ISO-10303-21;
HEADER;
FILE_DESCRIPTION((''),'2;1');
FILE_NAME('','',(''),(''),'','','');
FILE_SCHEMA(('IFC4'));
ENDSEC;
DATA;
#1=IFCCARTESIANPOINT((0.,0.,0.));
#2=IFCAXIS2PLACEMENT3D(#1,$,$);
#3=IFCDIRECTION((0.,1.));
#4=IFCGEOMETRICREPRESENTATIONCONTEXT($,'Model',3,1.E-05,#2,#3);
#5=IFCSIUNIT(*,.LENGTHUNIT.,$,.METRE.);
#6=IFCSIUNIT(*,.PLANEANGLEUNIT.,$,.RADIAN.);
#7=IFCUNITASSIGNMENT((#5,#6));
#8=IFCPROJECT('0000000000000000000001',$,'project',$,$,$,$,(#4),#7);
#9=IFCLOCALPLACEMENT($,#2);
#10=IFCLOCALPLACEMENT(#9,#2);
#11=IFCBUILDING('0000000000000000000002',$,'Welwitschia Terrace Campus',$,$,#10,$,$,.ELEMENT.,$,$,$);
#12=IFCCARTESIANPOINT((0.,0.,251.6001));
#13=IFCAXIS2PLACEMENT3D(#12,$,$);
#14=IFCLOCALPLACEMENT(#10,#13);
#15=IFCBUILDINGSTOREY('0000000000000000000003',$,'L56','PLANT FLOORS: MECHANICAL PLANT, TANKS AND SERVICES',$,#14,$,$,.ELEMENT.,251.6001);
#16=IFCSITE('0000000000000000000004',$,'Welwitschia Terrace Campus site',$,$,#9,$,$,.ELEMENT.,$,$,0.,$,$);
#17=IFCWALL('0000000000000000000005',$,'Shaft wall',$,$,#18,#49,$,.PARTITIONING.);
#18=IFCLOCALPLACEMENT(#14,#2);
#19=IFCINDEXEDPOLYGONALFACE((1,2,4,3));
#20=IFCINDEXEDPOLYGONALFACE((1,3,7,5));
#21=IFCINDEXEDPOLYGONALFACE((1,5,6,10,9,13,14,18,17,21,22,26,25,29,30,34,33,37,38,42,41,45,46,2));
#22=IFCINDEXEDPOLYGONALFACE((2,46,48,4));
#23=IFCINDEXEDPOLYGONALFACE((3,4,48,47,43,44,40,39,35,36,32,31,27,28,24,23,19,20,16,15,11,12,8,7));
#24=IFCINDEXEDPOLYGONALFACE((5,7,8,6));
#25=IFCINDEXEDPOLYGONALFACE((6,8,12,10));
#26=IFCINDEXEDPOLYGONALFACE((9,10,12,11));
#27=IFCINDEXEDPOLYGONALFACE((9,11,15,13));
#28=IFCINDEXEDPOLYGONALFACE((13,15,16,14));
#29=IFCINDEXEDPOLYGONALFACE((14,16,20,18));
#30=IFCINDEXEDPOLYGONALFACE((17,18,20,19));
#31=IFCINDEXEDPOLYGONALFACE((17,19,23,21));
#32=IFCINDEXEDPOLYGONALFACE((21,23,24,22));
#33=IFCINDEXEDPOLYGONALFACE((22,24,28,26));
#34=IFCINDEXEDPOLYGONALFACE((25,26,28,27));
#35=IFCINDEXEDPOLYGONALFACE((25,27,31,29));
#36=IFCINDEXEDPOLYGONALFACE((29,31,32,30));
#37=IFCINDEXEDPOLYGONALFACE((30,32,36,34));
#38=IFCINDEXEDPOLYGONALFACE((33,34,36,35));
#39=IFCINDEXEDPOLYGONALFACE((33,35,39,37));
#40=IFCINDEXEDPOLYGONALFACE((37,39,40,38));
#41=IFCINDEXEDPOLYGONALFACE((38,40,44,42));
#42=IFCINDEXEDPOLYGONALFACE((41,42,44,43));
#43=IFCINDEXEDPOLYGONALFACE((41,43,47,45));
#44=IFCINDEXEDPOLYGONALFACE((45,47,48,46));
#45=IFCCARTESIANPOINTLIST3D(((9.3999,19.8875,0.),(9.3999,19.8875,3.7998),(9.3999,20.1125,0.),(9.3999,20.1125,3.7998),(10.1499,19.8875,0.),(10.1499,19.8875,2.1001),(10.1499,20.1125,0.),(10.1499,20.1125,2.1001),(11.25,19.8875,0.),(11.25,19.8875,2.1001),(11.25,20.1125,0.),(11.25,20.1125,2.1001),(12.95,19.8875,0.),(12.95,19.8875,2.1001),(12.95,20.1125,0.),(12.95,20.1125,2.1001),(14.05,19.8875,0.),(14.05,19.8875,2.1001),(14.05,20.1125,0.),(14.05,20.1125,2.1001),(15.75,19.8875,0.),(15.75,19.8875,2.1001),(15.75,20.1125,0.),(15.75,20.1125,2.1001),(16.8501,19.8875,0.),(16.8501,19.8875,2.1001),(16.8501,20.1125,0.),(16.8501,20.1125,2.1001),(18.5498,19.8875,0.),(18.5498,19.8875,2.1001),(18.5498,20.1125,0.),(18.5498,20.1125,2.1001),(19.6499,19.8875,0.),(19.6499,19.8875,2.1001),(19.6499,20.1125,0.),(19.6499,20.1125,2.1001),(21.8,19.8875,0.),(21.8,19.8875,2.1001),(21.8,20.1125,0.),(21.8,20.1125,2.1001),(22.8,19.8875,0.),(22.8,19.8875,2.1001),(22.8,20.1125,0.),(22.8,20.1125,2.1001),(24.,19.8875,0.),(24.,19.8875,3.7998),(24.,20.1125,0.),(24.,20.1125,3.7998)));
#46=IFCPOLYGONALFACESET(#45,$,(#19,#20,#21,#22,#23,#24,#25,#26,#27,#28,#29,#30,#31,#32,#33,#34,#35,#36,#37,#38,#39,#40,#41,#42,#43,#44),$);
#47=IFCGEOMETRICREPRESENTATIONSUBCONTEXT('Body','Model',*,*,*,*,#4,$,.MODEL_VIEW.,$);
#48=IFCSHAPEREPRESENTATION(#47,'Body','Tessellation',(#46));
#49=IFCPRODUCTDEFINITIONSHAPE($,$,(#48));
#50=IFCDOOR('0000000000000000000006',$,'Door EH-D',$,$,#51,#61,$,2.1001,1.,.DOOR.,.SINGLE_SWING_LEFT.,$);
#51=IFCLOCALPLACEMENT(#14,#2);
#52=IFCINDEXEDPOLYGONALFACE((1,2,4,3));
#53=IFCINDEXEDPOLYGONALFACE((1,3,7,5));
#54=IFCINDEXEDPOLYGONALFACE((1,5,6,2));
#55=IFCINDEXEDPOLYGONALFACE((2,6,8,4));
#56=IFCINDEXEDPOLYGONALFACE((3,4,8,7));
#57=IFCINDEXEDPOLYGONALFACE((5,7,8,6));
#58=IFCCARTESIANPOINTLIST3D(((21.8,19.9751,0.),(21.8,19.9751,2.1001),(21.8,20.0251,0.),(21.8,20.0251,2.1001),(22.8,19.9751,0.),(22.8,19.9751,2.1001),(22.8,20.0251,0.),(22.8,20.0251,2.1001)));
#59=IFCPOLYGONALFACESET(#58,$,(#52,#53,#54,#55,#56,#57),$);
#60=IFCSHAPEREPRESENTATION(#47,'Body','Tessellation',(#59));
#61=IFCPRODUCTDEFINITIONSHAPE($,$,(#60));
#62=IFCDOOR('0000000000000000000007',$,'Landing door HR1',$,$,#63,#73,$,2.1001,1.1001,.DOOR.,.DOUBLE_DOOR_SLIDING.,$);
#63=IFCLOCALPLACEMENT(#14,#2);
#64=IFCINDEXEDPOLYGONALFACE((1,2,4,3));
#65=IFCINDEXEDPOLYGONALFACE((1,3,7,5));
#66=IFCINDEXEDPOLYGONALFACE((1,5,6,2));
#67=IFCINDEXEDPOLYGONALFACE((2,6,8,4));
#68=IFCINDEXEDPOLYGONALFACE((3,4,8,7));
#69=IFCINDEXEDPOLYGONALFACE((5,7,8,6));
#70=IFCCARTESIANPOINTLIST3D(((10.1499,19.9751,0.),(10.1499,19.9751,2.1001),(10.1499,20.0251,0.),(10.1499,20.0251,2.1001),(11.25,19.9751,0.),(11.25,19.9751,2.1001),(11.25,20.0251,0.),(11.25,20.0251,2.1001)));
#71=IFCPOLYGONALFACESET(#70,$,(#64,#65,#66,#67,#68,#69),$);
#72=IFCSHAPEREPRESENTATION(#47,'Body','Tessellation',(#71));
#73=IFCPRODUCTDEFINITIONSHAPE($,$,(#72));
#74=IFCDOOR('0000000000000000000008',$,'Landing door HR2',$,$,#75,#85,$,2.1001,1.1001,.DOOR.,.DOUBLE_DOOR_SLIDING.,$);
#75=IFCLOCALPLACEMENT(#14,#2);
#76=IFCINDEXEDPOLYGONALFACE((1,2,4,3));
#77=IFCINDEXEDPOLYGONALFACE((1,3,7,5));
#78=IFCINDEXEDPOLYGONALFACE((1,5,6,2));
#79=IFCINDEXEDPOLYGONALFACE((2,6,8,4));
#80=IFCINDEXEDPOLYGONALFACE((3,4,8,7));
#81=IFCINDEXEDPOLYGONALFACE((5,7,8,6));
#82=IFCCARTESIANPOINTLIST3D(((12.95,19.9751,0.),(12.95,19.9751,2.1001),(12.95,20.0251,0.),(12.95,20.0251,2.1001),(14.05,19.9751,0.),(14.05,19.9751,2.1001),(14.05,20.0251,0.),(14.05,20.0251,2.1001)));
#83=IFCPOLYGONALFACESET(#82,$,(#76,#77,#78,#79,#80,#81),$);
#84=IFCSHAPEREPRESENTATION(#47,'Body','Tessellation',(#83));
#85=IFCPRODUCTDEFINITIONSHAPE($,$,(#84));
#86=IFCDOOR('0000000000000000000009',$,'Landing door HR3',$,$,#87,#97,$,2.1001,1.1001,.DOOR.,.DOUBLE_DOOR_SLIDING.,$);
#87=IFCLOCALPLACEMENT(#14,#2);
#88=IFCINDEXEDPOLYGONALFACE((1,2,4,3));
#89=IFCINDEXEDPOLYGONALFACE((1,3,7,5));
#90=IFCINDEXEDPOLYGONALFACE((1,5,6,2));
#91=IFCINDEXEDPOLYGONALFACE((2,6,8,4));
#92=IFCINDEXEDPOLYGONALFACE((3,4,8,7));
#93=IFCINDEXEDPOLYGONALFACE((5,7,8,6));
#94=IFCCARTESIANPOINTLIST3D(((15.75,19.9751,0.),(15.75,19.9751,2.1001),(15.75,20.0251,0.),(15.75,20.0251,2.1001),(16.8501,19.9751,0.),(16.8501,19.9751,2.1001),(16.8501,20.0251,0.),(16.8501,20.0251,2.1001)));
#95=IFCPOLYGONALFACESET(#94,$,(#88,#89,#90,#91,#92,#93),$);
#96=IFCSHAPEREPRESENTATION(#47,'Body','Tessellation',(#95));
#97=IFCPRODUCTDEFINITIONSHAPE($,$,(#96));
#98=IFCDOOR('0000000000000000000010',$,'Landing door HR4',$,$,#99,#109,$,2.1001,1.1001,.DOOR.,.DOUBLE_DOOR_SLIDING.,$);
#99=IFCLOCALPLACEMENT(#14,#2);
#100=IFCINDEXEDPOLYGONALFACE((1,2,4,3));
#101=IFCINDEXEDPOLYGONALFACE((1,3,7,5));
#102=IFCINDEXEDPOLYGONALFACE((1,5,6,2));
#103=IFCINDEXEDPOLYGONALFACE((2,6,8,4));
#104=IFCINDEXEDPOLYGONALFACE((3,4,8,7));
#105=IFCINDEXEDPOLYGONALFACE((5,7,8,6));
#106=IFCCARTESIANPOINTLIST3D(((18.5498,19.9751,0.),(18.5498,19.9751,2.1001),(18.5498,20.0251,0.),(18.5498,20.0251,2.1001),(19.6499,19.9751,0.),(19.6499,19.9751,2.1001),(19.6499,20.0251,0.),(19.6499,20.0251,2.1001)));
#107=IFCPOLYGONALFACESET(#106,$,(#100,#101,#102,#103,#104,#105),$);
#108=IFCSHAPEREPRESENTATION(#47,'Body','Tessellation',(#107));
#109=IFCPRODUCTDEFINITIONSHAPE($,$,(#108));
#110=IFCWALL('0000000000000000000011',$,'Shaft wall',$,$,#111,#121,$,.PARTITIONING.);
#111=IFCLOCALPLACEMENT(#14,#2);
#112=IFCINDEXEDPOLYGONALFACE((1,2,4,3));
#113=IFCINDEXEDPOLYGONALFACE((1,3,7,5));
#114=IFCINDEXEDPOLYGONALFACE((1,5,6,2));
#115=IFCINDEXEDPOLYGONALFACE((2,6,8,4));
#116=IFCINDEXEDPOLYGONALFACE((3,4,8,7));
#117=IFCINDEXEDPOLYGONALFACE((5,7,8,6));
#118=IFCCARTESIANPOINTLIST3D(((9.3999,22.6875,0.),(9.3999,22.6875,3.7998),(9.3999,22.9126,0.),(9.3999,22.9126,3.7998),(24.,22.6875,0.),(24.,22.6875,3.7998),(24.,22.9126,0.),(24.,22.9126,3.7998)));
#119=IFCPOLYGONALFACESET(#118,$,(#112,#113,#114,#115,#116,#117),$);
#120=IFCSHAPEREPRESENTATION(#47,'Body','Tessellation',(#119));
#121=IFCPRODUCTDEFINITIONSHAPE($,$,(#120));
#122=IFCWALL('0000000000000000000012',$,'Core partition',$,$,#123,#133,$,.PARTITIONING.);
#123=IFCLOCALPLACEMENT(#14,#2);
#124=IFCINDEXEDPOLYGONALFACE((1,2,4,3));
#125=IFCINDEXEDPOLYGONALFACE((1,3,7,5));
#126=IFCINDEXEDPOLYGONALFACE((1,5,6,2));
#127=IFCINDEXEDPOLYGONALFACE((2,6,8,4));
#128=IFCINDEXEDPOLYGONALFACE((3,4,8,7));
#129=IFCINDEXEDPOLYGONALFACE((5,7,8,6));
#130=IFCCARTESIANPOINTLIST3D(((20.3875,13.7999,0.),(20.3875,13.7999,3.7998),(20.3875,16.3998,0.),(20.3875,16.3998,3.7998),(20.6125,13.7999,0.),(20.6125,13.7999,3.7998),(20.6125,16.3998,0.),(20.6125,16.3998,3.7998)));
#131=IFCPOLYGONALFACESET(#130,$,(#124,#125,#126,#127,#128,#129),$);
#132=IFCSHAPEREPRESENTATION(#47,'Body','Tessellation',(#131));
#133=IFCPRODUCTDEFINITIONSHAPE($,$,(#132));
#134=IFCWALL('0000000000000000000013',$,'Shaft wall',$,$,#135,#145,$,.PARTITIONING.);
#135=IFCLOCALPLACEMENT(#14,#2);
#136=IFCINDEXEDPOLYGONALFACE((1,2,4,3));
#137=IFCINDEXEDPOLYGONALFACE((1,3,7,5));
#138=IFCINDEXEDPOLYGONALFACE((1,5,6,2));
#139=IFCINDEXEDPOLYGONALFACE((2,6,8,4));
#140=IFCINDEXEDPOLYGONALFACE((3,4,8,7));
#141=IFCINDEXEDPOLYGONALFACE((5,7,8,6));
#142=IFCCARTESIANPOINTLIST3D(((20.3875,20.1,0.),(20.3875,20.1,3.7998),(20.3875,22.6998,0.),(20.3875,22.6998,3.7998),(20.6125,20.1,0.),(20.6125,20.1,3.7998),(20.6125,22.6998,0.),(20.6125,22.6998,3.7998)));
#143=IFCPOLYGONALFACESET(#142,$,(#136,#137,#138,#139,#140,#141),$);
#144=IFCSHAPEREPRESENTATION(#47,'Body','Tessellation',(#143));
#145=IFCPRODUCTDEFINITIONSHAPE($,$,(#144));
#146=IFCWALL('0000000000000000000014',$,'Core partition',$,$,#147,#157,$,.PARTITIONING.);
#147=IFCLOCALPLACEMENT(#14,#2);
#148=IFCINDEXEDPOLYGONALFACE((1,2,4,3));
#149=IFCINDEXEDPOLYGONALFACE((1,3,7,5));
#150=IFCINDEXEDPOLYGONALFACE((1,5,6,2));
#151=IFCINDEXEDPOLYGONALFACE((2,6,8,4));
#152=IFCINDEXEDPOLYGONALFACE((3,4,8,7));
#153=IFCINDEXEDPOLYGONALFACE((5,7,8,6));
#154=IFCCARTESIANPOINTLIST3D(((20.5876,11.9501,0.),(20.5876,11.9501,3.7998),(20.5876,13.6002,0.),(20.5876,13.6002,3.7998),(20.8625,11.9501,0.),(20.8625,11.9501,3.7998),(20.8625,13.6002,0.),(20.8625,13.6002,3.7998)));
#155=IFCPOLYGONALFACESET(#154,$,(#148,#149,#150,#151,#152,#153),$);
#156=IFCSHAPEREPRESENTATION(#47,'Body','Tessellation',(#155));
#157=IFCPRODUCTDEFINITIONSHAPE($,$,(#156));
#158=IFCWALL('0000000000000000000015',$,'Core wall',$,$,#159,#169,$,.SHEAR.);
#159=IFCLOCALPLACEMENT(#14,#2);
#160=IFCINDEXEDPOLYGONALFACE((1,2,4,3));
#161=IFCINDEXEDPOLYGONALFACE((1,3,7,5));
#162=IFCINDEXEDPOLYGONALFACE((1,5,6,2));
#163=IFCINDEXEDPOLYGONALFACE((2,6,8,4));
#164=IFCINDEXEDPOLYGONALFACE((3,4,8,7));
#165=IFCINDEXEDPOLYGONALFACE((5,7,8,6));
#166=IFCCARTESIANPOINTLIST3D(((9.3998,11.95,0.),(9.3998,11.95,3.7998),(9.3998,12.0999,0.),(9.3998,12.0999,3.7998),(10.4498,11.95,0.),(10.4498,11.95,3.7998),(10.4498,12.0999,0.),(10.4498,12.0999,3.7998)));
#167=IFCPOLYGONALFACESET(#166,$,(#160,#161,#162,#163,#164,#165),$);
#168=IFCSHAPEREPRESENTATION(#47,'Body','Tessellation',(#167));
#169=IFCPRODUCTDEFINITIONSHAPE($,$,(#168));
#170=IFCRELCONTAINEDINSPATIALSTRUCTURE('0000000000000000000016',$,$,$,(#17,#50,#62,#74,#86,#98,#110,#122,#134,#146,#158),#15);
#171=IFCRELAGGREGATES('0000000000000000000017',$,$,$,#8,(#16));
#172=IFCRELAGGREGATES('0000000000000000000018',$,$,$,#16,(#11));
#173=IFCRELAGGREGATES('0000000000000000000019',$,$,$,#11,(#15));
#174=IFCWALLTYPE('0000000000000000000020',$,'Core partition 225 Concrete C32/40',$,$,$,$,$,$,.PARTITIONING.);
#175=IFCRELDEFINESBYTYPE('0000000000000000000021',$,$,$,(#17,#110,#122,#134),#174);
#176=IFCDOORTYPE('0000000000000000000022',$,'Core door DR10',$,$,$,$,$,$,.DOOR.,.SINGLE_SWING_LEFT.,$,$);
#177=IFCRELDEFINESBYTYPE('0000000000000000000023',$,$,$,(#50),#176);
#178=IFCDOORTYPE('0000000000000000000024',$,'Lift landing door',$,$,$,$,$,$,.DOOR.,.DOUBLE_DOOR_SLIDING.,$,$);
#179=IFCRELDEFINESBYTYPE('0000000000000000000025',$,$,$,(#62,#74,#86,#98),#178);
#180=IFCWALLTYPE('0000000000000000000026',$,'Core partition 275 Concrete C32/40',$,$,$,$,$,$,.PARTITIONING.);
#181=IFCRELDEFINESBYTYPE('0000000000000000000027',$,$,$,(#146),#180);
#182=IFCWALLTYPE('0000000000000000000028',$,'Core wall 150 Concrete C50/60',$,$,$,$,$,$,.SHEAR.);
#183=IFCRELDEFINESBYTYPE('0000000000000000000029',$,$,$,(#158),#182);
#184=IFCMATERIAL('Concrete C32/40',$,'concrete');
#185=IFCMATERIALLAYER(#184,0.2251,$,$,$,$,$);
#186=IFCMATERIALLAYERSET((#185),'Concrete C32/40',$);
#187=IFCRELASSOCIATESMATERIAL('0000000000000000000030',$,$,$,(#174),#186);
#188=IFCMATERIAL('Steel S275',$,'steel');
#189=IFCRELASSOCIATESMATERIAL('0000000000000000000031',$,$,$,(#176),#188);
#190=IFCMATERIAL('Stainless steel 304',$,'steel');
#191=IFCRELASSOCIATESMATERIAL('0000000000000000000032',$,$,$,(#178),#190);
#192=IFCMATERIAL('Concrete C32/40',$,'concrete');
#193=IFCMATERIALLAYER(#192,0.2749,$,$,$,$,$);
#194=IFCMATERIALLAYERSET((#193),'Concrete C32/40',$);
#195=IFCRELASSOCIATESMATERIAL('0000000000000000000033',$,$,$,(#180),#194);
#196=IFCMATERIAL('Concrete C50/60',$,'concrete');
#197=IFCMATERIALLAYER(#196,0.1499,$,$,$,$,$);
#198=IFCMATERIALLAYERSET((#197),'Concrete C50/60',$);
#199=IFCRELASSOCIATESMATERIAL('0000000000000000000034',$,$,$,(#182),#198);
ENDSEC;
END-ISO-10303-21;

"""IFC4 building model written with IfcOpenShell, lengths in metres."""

from ifc_helpers import new_model, si_unit, direction, frame, frame_2d, origin, place, context, subcontext, project, spatial, rectangle, extrude, material, layer, layer_set, type_object, element, fill, save


model = new_model("IFC4")

# Units and contexts
model_context = context("Model", 3, precision=1e-05, world=origin(), true_north=direction((0.0, 1.0)))
body_context = subcontext(model_context, "Body", "Model", "MODEL_VIEW")
ifc_project = project(units=[si_unit("LENGTHUNIT", "METRE"), si_unit("PLANEANGLEUNIT", "RADIAN")], contexts=[model_context])

# Site, building, storey
site_placement = place(None, origin())
site = spatial("IfcSite", under=ifc_project, at=site_placement, Name="Welwitschia Terrace Campus site", CompositionType="ELEMENT", RefElevation=0.0)
building_placement = place(site_placement, origin())
building = spatial("IfcBuilding", under=site, at=building_placement, Name="Welwitschia Terrace Campus", CompositionType="ELEMENT")
storey_placement = place(building_placement, frame((0.0, 0.0, 251.6001)))
storey = spatial("IfcBuildingStorey", under=building, at=storey_placement, Name="L56", Description="PLANT FLOORS: MECHANICAL PLANT, TANKS AND SERVICES", CompositionType="ELEMENT", Elevation=251.6001)

# Shared definitions
ifc_material_1 = material(Name="Concrete C32/40", Category="concrete")
ifc_layer_1 = layer(ifc_material_1, 0.2251)
ifc_layer_set_1 = layer_set([ifc_layer_1], Name="Concrete C32/40")
wall_type_1 = type_object("IfcWallType", Name="Core partition 225 Concrete C32/40", PredefinedType="PARTITIONING", material=ifc_layer_set_1)

# Wall, openings, doors
ifc_material_2 = material(Name="Steel S275", Category="steel")
door_type_1 = type_object("IfcDoorType", Name="Core door DR10", OperationType="SINGLE_SWING_LEFT", PredefinedType="DOOR", material=ifc_material_2)
wall_1_placement = place(storey_placement, frame((24.0, 20.0, 0.0), z_axis=(0.0, 0.0, 1.0), x_axis=(-1.0, 0.0, 0.0)))
wall_1 = element("IfcWall", 1, at=wall_1_placement, inside=storey, type_object=wall_type_1, Name="Shaft wall", PredefinedType="PARTITIONING", context=body_context, shape_type="SweptSolid", body=[
    extrude(rectangle(XDim=14.6001, YDim=0.2251, at=frame_2d((7.3, 0.0))), origin(), (0.0, 0.0, 1.0), 3.7998),
])
opening_1_placement = place(wall_1_placement, frame((12.75, 0.0, 0.0)))
opening_1 = element("IfcOpeningElement", 2, at=opening_1_placement, cuts=wall_1, PredefinedType="OPENING", context=body_context, shape_type="SweptSolid", body=[
    extrude(rectangle(XDim=1.1001, YDim=2.1001, at=frame_2d((0.55, 1.05))), frame((0.0, 0.1226, 0.0), z_axis=(0.0, -1.0, 0.0), x_axis=(1.0, 0.0, 0.0)), (0.0, 0.0, 1.0), 0.2451),
])
opening_2_placement = place(wall_1_placement, frame((9.95, 0.0, 0.0)))
opening_2 = element("IfcOpeningElement", 3, at=opening_2_placement, cuts=wall_1, PredefinedType="OPENING", context=body_context, shape_type="SweptSolid", body=[
    extrude(rectangle(XDim=1.1001, YDim=2.1001, at=frame_2d((0.55, 1.05))), frame((0.0, 0.1226, 0.0), z_axis=(0.0, -1.0, 0.0), x_axis=(1.0, 0.0, 0.0)), (0.0, 0.0, 1.0), 0.2451),
])
opening_3_placement = place(wall_1_placement, frame((7.1499, 0.0, 0.0)))
opening_3 = element("IfcOpeningElement", 4, at=opening_3_placement, cuts=wall_1, PredefinedType="OPENING", context=body_context, shape_type="SweptSolid", body=[
    extrude(rectangle(XDim=1.1001, YDim=2.1001, at=frame_2d((0.55, 1.05))), frame((0.0, 0.1226, 0.0), z_axis=(0.0, -1.0, 0.0), x_axis=(1.0, 0.0, 0.0)), (0.0, 0.0, 1.0), 0.2451),
])
opening_4_placement = place(wall_1_placement, frame((4.3501, 0.0, 0.0)))
opening_4 = element("IfcOpeningElement", 5, at=opening_4_placement, cuts=wall_1, PredefinedType="OPENING", context=body_context, shape_type="SweptSolid", body=[
    extrude(rectangle(XDim=1.1001, YDim=2.1001, at=frame_2d((0.55, 1.05))), frame((0.0, 0.1226, 0.0), z_axis=(0.0, -1.0, 0.0), x_axis=(1.0, 0.0, 0.0)), (0.0, 0.0, 1.0), 0.2451),
])
opening_5_placement = place(wall_1_placement, frame((1.2, 0.0, 0.0)))
opening_5 = element("IfcOpeningElement", 6, at=opening_5_placement, cuts=wall_1, PredefinedType="OPENING", context=body_context, shape_type="SweptSolid", body=[
    extrude(rectangle(XDim=1.0, YDim=2.1001, at=frame_2d((0.5, 1.05))), frame((0.0, 0.1226, 0.0), z_axis=(0.0, -1.0, 0.0), x_axis=(1.0, 0.0, 0.0)), (0.0, 0.0, 1.0), 0.2451),
])
door_1_placement = place(opening_5_placement, origin())
door_1 = element("IfcDoor", 7, at=door_1_placement, inside=storey, type_object=door_type_1, Name="Door EH-D", OperationType="SINGLE_SWING_LEFT", OverallHeight=2.1001, OverallWidth=1.0, PredefinedType="DOOR", context=body_context, shape_type="SweptSolid", body=[
    extrude(rectangle(XDim=1.0, YDim=2.1001, at=frame_2d((0.5, 1.05))), frame((0.0, 0.0249, 0.0), z_axis=(0.0, -1.0, 0.0), x_axis=(1.0, 0.0, 0.0)), (0.0, 0.0, 1.0), 0.05),
])
fill(opening_5, door_1)
ifc_material_3 = material(Name="Stainless steel 304", Category="steel")
door_type_2 = type_object("IfcDoorType", Name="Lift landing door", OperationType="DOUBLE_DOOR_SLIDING", PredefinedType="DOOR", material=ifc_material_3)
door_2_placement = place(opening_1_placement, origin())
door_2 = element("IfcDoor", 8, at=door_2_placement, inside=storey, type_object=door_type_2, Name="Landing door HR1", OperationType="DOUBLE_DOOR_SLIDING", OverallHeight=2.1001, OverallWidth=1.1001, PredefinedType="DOOR", context=body_context, shape_type="SweptSolid", body=[
    extrude(rectangle(XDim=1.1001, YDim=2.1001, at=frame_2d((0.55, 1.05))), frame((0.0, 0.0249, 0.0), z_axis=(0.0, -1.0, 0.0), x_axis=(1.0, 0.0, 0.0)), (0.0, 0.0, 1.0), 0.05),
])
fill(opening_1, door_2)
door_3_placement = place(opening_2_placement, origin())
door_3 = element("IfcDoor", 9, at=door_3_placement, inside=storey, type_object=door_type_2, Name="Landing door HR2", OperationType="DOUBLE_DOOR_SLIDING", OverallHeight=2.1001, OverallWidth=1.1001, PredefinedType="DOOR", context=body_context, shape_type="SweptSolid", body=[
    extrude(rectangle(XDim=1.1001, YDim=2.1001, at=frame_2d((0.55, 1.05))), frame((0.0, 0.0249, 0.0), z_axis=(0.0, -1.0, 0.0), x_axis=(1.0, 0.0, 0.0)), (0.0, 0.0, 1.0), 0.05),
])
fill(opening_2, door_3)
door_4_placement = place(opening_3_placement, origin())
door_4 = element("IfcDoor", 10, at=door_4_placement, inside=storey, type_object=door_type_2, Name="Landing door HR3", OperationType="DOUBLE_DOOR_SLIDING", OverallHeight=2.1001, OverallWidth=1.1001, PredefinedType="DOOR", context=body_context, shape_type="SweptSolid", body=[
    extrude(rectangle(XDim=1.1001, YDim=2.1001, at=frame_2d((0.55, 1.05))), frame((0.0, 0.0249, 0.0), z_axis=(0.0, -1.0, 0.0), x_axis=(1.0, 0.0, 0.0)), (0.0, 0.0, 1.0), 0.05),
])
fill(opening_3, door_4)
door_5_placement = place(opening_4_placement, origin())
door_5 = element("IfcDoor", 11, at=door_5_placement, inside=storey, type_object=door_type_2, Name="Landing door HR4", OperationType="DOUBLE_DOOR_SLIDING", OverallHeight=2.1001, OverallWidth=1.1001, PredefinedType="DOOR", context=body_context, shape_type="SweptSolid", body=[
    extrude(rectangle(XDim=1.1001, YDim=2.1001, at=frame_2d((0.55, 1.05))), frame((0.0, 0.0249, 0.0), z_axis=(0.0, -1.0, 0.0), x_axis=(1.0, 0.0, 0.0)), (0.0, 0.0, 1.0), 0.05),
])
fill(opening_4, door_5)

# Walls
wall_2_placement = place(storey_placement, frame((9.3999, 22.8, 0.0), z_axis=(0.0, 0.0, 1.0), x_axis=(1.0, 0.0, 0.0)))
element("IfcWall", 12, at=wall_2_placement, inside=storey, type_object=wall_type_1, Name="Shaft wall", PredefinedType="PARTITIONING", context=body_context, shape_type="SweptSolid", body=[
    extrude(rectangle(XDim=14.6001, YDim=0.2251, at=frame_2d((7.3, 0.0))), origin(), (0.0, 0.0, 1.0), 3.7998),
])
for number, where, z_axis, x_axis, name in (
    (13, (20.5, 13.8, 0.0), (0.0, 0.0, 1.0), (0.0, 1.0, 0.0), "Core partition"),
    (14, (20.5, 20.1001, 0.0), (0.0, 0.0, 1.0), (0.0, 1.0, 0.0), "Shaft wall"),
):
    element("IfcWall", number, at=place(storey_placement, frame(where, z_axis=z_axis, x_axis=x_axis)), inside=storey, type_object=wall_type_1, Name=name, PredefinedType="PARTITIONING", context=body_context, shape_type="SweptSolid", body=[
        extrude(rectangle(XDim=2.5999, YDim=0.2251, at=frame_2d((1.2998, 0.0))), origin(), (0.0, 0.0, 1.0), 3.7998),
    ])
ifc_material_4 = material(Name="Concrete C32/40", Category="concrete")
ifc_layer_2 = layer(ifc_material_4, 0.2749)
ifc_layer_set_2 = layer_set([ifc_layer_2], Name="Concrete C32/40")
wall_type_2 = type_object("IfcWallType", Name="Core partition 275 Concrete C32/40", PredefinedType="PARTITIONING", material=ifc_layer_set_2)
wall_3_placement = place(storey_placement, frame((20.7251, 11.95, 0.0), z_axis=(0.0, 0.0, 1.0), x_axis=(0.0, 1.0, 0.0)))
element("IfcWall", 15, at=wall_3_placement, inside=storey, type_object=wall_type_2, Name="Core partition", PredefinedType="PARTITIONING", context=body_context, shape_type="SweptSolid", body=[
    extrude(rectangle(XDim=1.6501, YDim=0.2749, at=frame_2d((0.8252, 0.0))), origin(), (0.0, 0.0, 1.0), 3.7998),
])
ifc_material_5 = material(Name="Concrete C50/60", Category="concrete")
ifc_layer_3 = layer(ifc_material_5, 0.1499)
ifc_layer_set_3 = layer_set([ifc_layer_3], Name="Concrete C50/60")
wall_type_3 = type_object("IfcWallType", Name="Core wall 150 Concrete C50/60", PredefinedType="SHEAR", material=ifc_layer_set_3)
wall_4_placement = place(storey_placement, frame((9.3999, 12.0249, 0.0), z_axis=(0.0, 0.0, 1.0), x_axis=(1.0, 0.0, 0.0)))
element("IfcWall", 16, at=wall_4_placement, inside=storey, type_object=wall_type_3, Name="Core wall", PredefinedType="SHEAR", context=body_context, shape_type="SweptSolid", body=[
    extrude(rectangle(XDim=1.05, YDim=0.1499, at=frame_2d((0.5249, 0.0))), origin(), (0.0, 0.0, 1.0), 3.7998),
])

save(model, "model.ifc")
